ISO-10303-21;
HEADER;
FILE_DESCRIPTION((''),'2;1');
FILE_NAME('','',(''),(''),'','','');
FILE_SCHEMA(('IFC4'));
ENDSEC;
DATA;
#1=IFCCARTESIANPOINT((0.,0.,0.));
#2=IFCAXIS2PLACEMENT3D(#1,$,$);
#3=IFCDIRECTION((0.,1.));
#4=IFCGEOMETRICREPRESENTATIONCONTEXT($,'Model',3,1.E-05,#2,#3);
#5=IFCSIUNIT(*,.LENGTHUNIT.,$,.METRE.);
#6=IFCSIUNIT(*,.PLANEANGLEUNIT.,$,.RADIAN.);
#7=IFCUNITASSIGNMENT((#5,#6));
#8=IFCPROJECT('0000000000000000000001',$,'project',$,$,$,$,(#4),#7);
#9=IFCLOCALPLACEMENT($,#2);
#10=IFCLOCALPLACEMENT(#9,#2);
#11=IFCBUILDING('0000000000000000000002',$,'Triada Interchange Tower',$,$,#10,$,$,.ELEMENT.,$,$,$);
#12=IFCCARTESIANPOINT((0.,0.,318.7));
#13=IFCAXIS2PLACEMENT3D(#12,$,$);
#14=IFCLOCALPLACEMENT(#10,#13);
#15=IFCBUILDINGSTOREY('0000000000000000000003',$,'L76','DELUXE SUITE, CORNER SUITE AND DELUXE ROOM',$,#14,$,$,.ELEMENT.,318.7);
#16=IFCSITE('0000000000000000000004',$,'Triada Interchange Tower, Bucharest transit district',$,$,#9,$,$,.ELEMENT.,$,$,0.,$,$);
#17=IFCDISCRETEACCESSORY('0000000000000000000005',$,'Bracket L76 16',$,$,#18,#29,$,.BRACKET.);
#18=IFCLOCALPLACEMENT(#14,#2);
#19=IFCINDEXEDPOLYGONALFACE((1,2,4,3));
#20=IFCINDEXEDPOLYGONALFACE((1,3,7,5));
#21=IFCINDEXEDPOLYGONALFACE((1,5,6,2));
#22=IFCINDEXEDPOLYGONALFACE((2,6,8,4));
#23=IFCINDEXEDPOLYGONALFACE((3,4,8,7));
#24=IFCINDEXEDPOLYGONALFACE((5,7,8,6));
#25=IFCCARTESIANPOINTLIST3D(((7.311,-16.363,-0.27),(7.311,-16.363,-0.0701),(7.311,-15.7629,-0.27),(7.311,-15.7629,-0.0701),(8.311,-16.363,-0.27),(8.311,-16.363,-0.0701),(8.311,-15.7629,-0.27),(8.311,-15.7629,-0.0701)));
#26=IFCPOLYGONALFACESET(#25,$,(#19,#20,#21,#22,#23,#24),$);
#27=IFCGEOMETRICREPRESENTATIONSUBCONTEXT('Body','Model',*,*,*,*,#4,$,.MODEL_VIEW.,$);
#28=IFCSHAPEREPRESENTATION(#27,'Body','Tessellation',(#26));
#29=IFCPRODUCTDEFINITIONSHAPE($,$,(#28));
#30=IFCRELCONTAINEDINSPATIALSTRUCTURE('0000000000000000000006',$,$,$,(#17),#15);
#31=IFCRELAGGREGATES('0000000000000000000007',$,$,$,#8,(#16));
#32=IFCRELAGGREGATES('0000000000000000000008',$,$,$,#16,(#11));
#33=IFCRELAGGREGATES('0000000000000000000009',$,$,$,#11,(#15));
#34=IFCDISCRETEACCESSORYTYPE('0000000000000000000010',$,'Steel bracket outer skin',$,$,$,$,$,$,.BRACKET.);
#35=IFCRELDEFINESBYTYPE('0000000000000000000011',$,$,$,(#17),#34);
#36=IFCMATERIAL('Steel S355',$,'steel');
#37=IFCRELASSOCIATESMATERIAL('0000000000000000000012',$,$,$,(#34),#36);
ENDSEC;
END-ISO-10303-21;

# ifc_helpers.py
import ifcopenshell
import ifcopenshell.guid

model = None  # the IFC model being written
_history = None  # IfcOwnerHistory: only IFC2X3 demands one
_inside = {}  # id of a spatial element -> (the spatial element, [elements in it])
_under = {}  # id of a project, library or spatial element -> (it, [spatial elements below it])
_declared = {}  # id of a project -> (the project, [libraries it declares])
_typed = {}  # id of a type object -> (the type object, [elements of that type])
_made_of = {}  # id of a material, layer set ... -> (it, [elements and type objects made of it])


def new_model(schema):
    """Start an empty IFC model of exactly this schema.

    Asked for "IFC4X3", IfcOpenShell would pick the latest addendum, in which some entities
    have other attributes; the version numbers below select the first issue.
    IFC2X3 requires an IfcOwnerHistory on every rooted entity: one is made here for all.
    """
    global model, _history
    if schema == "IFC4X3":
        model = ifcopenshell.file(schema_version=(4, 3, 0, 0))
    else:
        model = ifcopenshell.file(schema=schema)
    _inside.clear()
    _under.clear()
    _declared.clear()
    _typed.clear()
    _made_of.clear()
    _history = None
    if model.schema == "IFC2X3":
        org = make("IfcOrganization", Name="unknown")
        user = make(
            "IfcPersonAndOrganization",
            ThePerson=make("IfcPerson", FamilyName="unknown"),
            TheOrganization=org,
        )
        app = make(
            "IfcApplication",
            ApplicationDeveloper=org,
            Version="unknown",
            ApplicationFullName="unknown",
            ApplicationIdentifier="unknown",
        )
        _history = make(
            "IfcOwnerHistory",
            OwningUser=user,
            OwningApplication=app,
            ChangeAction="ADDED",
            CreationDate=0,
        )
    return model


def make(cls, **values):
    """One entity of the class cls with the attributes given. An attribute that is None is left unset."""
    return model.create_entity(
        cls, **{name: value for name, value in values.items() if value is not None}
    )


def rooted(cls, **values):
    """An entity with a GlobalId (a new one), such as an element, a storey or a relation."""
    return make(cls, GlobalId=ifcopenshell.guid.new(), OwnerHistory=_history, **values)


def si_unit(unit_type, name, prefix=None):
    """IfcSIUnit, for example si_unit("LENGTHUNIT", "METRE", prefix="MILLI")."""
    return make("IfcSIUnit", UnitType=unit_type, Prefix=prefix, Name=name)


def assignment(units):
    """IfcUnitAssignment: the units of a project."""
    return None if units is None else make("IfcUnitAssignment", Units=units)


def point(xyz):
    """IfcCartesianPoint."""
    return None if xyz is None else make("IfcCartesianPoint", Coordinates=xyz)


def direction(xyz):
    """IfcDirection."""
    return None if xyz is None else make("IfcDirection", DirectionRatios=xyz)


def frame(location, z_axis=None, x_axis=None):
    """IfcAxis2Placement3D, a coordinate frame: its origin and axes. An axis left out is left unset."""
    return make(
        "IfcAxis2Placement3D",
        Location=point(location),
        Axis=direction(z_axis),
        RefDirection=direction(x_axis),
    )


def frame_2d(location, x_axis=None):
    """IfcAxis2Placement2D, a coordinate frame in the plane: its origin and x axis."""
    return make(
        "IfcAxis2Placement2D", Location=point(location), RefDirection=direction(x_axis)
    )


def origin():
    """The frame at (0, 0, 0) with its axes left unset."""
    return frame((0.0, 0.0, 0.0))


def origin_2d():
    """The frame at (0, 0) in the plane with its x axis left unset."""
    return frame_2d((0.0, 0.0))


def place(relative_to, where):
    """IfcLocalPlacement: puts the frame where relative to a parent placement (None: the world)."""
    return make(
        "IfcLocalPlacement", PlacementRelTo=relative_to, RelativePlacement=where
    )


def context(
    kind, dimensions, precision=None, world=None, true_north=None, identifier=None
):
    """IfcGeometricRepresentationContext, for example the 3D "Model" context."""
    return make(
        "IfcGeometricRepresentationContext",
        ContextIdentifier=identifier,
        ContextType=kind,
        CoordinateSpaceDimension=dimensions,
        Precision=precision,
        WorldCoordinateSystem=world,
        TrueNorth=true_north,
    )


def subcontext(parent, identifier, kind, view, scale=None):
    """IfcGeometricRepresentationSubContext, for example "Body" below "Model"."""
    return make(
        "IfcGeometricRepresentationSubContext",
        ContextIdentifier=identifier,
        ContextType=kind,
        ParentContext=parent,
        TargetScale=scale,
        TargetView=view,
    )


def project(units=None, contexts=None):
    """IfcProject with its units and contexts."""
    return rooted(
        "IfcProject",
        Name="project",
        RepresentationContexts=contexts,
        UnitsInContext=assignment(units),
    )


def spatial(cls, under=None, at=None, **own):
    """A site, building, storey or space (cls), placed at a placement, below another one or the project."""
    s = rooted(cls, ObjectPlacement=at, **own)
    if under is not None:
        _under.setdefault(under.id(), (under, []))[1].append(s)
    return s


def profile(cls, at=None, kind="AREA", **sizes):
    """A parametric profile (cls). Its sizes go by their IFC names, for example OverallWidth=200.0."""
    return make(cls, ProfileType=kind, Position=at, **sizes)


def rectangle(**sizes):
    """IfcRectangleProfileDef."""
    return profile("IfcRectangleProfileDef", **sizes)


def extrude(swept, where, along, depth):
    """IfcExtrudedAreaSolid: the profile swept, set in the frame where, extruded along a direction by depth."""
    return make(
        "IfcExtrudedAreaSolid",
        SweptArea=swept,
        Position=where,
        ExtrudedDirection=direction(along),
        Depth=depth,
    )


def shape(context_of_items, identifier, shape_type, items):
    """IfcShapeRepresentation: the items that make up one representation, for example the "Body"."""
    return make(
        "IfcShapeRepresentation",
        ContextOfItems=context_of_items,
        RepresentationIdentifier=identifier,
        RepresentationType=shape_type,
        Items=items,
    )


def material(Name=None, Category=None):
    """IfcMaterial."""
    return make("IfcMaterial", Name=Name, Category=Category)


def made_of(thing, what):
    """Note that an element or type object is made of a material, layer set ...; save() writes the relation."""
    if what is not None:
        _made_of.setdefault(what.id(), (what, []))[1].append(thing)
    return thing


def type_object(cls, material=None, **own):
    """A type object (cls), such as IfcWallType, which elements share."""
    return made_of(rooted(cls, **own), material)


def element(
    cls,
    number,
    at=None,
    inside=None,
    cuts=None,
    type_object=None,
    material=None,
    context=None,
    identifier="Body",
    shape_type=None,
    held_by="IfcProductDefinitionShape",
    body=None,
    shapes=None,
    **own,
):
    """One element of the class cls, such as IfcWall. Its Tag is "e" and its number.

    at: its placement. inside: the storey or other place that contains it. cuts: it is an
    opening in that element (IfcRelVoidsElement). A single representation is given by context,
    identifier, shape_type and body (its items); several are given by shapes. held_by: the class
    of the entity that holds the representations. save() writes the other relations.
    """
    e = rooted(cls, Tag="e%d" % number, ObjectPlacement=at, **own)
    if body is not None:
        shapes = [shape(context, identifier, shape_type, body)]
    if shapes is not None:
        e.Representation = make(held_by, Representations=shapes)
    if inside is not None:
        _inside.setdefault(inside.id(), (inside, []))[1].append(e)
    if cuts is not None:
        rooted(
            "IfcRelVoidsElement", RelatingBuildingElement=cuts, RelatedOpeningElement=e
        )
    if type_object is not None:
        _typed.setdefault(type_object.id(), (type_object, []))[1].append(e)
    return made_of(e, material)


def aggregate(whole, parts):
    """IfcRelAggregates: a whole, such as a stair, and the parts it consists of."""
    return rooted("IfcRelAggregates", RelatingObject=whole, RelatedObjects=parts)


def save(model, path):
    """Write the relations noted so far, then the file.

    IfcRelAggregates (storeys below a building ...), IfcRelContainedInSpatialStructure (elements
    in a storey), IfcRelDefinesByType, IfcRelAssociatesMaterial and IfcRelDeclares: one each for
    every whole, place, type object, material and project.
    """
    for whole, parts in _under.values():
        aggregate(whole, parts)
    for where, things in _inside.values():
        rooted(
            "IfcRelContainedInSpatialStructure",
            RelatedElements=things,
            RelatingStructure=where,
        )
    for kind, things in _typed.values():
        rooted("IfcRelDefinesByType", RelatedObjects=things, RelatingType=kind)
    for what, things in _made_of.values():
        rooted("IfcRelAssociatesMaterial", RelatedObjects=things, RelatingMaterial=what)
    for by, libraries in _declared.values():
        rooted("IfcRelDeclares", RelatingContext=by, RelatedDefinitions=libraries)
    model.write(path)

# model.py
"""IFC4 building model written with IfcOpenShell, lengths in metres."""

from ifc_helpers import new_model, si_unit, direction, frame, origin, origin_2d, place, context, subcontext, project, spatial, rectangle, extrude, material, type_object, element, save


model = new_model("IFC4")

# Units and contexts
model_context = context("Model", 3, precision=1e-05, world=origin(), true_north=direction((0.0, 1.0)))
body_context = subcontext(model_context, "Body", "Model", "MODEL_VIEW")
ifc_project = project(units=[si_unit("LENGTHUNIT", "METRE"), si_unit("PLANEANGLEUNIT", "RADIAN")], contexts=[model_context])

# Site, building, storey
site_placement = place(None, origin())
site = spatial("IfcSite", under=ifc_project, at=site_placement, Name="Triada Interchange Tower, Bucharest transit district", CompositionType="ELEMENT", RefElevation=0.0)
building_placement = place(site_placement, origin())
building = spatial("IfcBuilding", under=site, at=building_placement, Name="Triada Interchange Tower", CompositionType="ELEMENT")
storey_placement = place(building_placement, frame((0.0, 0.0, 318.7)))
storey = spatial("IfcBuildingStorey", under=building, at=storey_placement, Name="L76", Description="DELUXE SUITE, CORNER SUITE AND DELUXE ROOM", CompositionType="ELEMENT", Elevation=318.7)

# Shared definitions
ifc_material_1 = material(Name="Steel S355", Category="steel")

# Discrete accessory
discrete_accessory_type = type_object("IfcDiscreteAccessoryType", Name="Steel bracket outer skin", PredefinedType="BRACKET", material=ifc_material_1)
for number, where, z_axis, x_axis, name in (
    (1, (7.811, -16.063, -0.27), (0.0, 0.0, 1.0), (0.0, -1.0, 0.0), "Bracket L76 16"),
):
    element("IfcDiscreteAccessory", number, at=place(storey_placement, frame(where, z_axis=z_axis, x_axis=x_axis)), inside=storey, type_object=discrete_accessory_type, Name=name, PredefinedType="BRACKET", context=body_context, shape_type="SweptSolid", body=[
        extrude(rectangle(XDim=0.6001, YDim=1.0, at=origin_2d()), origin(), (0.0, 0.0, 1.0), 0.2),
    ])

save(model, "model.ifc")
